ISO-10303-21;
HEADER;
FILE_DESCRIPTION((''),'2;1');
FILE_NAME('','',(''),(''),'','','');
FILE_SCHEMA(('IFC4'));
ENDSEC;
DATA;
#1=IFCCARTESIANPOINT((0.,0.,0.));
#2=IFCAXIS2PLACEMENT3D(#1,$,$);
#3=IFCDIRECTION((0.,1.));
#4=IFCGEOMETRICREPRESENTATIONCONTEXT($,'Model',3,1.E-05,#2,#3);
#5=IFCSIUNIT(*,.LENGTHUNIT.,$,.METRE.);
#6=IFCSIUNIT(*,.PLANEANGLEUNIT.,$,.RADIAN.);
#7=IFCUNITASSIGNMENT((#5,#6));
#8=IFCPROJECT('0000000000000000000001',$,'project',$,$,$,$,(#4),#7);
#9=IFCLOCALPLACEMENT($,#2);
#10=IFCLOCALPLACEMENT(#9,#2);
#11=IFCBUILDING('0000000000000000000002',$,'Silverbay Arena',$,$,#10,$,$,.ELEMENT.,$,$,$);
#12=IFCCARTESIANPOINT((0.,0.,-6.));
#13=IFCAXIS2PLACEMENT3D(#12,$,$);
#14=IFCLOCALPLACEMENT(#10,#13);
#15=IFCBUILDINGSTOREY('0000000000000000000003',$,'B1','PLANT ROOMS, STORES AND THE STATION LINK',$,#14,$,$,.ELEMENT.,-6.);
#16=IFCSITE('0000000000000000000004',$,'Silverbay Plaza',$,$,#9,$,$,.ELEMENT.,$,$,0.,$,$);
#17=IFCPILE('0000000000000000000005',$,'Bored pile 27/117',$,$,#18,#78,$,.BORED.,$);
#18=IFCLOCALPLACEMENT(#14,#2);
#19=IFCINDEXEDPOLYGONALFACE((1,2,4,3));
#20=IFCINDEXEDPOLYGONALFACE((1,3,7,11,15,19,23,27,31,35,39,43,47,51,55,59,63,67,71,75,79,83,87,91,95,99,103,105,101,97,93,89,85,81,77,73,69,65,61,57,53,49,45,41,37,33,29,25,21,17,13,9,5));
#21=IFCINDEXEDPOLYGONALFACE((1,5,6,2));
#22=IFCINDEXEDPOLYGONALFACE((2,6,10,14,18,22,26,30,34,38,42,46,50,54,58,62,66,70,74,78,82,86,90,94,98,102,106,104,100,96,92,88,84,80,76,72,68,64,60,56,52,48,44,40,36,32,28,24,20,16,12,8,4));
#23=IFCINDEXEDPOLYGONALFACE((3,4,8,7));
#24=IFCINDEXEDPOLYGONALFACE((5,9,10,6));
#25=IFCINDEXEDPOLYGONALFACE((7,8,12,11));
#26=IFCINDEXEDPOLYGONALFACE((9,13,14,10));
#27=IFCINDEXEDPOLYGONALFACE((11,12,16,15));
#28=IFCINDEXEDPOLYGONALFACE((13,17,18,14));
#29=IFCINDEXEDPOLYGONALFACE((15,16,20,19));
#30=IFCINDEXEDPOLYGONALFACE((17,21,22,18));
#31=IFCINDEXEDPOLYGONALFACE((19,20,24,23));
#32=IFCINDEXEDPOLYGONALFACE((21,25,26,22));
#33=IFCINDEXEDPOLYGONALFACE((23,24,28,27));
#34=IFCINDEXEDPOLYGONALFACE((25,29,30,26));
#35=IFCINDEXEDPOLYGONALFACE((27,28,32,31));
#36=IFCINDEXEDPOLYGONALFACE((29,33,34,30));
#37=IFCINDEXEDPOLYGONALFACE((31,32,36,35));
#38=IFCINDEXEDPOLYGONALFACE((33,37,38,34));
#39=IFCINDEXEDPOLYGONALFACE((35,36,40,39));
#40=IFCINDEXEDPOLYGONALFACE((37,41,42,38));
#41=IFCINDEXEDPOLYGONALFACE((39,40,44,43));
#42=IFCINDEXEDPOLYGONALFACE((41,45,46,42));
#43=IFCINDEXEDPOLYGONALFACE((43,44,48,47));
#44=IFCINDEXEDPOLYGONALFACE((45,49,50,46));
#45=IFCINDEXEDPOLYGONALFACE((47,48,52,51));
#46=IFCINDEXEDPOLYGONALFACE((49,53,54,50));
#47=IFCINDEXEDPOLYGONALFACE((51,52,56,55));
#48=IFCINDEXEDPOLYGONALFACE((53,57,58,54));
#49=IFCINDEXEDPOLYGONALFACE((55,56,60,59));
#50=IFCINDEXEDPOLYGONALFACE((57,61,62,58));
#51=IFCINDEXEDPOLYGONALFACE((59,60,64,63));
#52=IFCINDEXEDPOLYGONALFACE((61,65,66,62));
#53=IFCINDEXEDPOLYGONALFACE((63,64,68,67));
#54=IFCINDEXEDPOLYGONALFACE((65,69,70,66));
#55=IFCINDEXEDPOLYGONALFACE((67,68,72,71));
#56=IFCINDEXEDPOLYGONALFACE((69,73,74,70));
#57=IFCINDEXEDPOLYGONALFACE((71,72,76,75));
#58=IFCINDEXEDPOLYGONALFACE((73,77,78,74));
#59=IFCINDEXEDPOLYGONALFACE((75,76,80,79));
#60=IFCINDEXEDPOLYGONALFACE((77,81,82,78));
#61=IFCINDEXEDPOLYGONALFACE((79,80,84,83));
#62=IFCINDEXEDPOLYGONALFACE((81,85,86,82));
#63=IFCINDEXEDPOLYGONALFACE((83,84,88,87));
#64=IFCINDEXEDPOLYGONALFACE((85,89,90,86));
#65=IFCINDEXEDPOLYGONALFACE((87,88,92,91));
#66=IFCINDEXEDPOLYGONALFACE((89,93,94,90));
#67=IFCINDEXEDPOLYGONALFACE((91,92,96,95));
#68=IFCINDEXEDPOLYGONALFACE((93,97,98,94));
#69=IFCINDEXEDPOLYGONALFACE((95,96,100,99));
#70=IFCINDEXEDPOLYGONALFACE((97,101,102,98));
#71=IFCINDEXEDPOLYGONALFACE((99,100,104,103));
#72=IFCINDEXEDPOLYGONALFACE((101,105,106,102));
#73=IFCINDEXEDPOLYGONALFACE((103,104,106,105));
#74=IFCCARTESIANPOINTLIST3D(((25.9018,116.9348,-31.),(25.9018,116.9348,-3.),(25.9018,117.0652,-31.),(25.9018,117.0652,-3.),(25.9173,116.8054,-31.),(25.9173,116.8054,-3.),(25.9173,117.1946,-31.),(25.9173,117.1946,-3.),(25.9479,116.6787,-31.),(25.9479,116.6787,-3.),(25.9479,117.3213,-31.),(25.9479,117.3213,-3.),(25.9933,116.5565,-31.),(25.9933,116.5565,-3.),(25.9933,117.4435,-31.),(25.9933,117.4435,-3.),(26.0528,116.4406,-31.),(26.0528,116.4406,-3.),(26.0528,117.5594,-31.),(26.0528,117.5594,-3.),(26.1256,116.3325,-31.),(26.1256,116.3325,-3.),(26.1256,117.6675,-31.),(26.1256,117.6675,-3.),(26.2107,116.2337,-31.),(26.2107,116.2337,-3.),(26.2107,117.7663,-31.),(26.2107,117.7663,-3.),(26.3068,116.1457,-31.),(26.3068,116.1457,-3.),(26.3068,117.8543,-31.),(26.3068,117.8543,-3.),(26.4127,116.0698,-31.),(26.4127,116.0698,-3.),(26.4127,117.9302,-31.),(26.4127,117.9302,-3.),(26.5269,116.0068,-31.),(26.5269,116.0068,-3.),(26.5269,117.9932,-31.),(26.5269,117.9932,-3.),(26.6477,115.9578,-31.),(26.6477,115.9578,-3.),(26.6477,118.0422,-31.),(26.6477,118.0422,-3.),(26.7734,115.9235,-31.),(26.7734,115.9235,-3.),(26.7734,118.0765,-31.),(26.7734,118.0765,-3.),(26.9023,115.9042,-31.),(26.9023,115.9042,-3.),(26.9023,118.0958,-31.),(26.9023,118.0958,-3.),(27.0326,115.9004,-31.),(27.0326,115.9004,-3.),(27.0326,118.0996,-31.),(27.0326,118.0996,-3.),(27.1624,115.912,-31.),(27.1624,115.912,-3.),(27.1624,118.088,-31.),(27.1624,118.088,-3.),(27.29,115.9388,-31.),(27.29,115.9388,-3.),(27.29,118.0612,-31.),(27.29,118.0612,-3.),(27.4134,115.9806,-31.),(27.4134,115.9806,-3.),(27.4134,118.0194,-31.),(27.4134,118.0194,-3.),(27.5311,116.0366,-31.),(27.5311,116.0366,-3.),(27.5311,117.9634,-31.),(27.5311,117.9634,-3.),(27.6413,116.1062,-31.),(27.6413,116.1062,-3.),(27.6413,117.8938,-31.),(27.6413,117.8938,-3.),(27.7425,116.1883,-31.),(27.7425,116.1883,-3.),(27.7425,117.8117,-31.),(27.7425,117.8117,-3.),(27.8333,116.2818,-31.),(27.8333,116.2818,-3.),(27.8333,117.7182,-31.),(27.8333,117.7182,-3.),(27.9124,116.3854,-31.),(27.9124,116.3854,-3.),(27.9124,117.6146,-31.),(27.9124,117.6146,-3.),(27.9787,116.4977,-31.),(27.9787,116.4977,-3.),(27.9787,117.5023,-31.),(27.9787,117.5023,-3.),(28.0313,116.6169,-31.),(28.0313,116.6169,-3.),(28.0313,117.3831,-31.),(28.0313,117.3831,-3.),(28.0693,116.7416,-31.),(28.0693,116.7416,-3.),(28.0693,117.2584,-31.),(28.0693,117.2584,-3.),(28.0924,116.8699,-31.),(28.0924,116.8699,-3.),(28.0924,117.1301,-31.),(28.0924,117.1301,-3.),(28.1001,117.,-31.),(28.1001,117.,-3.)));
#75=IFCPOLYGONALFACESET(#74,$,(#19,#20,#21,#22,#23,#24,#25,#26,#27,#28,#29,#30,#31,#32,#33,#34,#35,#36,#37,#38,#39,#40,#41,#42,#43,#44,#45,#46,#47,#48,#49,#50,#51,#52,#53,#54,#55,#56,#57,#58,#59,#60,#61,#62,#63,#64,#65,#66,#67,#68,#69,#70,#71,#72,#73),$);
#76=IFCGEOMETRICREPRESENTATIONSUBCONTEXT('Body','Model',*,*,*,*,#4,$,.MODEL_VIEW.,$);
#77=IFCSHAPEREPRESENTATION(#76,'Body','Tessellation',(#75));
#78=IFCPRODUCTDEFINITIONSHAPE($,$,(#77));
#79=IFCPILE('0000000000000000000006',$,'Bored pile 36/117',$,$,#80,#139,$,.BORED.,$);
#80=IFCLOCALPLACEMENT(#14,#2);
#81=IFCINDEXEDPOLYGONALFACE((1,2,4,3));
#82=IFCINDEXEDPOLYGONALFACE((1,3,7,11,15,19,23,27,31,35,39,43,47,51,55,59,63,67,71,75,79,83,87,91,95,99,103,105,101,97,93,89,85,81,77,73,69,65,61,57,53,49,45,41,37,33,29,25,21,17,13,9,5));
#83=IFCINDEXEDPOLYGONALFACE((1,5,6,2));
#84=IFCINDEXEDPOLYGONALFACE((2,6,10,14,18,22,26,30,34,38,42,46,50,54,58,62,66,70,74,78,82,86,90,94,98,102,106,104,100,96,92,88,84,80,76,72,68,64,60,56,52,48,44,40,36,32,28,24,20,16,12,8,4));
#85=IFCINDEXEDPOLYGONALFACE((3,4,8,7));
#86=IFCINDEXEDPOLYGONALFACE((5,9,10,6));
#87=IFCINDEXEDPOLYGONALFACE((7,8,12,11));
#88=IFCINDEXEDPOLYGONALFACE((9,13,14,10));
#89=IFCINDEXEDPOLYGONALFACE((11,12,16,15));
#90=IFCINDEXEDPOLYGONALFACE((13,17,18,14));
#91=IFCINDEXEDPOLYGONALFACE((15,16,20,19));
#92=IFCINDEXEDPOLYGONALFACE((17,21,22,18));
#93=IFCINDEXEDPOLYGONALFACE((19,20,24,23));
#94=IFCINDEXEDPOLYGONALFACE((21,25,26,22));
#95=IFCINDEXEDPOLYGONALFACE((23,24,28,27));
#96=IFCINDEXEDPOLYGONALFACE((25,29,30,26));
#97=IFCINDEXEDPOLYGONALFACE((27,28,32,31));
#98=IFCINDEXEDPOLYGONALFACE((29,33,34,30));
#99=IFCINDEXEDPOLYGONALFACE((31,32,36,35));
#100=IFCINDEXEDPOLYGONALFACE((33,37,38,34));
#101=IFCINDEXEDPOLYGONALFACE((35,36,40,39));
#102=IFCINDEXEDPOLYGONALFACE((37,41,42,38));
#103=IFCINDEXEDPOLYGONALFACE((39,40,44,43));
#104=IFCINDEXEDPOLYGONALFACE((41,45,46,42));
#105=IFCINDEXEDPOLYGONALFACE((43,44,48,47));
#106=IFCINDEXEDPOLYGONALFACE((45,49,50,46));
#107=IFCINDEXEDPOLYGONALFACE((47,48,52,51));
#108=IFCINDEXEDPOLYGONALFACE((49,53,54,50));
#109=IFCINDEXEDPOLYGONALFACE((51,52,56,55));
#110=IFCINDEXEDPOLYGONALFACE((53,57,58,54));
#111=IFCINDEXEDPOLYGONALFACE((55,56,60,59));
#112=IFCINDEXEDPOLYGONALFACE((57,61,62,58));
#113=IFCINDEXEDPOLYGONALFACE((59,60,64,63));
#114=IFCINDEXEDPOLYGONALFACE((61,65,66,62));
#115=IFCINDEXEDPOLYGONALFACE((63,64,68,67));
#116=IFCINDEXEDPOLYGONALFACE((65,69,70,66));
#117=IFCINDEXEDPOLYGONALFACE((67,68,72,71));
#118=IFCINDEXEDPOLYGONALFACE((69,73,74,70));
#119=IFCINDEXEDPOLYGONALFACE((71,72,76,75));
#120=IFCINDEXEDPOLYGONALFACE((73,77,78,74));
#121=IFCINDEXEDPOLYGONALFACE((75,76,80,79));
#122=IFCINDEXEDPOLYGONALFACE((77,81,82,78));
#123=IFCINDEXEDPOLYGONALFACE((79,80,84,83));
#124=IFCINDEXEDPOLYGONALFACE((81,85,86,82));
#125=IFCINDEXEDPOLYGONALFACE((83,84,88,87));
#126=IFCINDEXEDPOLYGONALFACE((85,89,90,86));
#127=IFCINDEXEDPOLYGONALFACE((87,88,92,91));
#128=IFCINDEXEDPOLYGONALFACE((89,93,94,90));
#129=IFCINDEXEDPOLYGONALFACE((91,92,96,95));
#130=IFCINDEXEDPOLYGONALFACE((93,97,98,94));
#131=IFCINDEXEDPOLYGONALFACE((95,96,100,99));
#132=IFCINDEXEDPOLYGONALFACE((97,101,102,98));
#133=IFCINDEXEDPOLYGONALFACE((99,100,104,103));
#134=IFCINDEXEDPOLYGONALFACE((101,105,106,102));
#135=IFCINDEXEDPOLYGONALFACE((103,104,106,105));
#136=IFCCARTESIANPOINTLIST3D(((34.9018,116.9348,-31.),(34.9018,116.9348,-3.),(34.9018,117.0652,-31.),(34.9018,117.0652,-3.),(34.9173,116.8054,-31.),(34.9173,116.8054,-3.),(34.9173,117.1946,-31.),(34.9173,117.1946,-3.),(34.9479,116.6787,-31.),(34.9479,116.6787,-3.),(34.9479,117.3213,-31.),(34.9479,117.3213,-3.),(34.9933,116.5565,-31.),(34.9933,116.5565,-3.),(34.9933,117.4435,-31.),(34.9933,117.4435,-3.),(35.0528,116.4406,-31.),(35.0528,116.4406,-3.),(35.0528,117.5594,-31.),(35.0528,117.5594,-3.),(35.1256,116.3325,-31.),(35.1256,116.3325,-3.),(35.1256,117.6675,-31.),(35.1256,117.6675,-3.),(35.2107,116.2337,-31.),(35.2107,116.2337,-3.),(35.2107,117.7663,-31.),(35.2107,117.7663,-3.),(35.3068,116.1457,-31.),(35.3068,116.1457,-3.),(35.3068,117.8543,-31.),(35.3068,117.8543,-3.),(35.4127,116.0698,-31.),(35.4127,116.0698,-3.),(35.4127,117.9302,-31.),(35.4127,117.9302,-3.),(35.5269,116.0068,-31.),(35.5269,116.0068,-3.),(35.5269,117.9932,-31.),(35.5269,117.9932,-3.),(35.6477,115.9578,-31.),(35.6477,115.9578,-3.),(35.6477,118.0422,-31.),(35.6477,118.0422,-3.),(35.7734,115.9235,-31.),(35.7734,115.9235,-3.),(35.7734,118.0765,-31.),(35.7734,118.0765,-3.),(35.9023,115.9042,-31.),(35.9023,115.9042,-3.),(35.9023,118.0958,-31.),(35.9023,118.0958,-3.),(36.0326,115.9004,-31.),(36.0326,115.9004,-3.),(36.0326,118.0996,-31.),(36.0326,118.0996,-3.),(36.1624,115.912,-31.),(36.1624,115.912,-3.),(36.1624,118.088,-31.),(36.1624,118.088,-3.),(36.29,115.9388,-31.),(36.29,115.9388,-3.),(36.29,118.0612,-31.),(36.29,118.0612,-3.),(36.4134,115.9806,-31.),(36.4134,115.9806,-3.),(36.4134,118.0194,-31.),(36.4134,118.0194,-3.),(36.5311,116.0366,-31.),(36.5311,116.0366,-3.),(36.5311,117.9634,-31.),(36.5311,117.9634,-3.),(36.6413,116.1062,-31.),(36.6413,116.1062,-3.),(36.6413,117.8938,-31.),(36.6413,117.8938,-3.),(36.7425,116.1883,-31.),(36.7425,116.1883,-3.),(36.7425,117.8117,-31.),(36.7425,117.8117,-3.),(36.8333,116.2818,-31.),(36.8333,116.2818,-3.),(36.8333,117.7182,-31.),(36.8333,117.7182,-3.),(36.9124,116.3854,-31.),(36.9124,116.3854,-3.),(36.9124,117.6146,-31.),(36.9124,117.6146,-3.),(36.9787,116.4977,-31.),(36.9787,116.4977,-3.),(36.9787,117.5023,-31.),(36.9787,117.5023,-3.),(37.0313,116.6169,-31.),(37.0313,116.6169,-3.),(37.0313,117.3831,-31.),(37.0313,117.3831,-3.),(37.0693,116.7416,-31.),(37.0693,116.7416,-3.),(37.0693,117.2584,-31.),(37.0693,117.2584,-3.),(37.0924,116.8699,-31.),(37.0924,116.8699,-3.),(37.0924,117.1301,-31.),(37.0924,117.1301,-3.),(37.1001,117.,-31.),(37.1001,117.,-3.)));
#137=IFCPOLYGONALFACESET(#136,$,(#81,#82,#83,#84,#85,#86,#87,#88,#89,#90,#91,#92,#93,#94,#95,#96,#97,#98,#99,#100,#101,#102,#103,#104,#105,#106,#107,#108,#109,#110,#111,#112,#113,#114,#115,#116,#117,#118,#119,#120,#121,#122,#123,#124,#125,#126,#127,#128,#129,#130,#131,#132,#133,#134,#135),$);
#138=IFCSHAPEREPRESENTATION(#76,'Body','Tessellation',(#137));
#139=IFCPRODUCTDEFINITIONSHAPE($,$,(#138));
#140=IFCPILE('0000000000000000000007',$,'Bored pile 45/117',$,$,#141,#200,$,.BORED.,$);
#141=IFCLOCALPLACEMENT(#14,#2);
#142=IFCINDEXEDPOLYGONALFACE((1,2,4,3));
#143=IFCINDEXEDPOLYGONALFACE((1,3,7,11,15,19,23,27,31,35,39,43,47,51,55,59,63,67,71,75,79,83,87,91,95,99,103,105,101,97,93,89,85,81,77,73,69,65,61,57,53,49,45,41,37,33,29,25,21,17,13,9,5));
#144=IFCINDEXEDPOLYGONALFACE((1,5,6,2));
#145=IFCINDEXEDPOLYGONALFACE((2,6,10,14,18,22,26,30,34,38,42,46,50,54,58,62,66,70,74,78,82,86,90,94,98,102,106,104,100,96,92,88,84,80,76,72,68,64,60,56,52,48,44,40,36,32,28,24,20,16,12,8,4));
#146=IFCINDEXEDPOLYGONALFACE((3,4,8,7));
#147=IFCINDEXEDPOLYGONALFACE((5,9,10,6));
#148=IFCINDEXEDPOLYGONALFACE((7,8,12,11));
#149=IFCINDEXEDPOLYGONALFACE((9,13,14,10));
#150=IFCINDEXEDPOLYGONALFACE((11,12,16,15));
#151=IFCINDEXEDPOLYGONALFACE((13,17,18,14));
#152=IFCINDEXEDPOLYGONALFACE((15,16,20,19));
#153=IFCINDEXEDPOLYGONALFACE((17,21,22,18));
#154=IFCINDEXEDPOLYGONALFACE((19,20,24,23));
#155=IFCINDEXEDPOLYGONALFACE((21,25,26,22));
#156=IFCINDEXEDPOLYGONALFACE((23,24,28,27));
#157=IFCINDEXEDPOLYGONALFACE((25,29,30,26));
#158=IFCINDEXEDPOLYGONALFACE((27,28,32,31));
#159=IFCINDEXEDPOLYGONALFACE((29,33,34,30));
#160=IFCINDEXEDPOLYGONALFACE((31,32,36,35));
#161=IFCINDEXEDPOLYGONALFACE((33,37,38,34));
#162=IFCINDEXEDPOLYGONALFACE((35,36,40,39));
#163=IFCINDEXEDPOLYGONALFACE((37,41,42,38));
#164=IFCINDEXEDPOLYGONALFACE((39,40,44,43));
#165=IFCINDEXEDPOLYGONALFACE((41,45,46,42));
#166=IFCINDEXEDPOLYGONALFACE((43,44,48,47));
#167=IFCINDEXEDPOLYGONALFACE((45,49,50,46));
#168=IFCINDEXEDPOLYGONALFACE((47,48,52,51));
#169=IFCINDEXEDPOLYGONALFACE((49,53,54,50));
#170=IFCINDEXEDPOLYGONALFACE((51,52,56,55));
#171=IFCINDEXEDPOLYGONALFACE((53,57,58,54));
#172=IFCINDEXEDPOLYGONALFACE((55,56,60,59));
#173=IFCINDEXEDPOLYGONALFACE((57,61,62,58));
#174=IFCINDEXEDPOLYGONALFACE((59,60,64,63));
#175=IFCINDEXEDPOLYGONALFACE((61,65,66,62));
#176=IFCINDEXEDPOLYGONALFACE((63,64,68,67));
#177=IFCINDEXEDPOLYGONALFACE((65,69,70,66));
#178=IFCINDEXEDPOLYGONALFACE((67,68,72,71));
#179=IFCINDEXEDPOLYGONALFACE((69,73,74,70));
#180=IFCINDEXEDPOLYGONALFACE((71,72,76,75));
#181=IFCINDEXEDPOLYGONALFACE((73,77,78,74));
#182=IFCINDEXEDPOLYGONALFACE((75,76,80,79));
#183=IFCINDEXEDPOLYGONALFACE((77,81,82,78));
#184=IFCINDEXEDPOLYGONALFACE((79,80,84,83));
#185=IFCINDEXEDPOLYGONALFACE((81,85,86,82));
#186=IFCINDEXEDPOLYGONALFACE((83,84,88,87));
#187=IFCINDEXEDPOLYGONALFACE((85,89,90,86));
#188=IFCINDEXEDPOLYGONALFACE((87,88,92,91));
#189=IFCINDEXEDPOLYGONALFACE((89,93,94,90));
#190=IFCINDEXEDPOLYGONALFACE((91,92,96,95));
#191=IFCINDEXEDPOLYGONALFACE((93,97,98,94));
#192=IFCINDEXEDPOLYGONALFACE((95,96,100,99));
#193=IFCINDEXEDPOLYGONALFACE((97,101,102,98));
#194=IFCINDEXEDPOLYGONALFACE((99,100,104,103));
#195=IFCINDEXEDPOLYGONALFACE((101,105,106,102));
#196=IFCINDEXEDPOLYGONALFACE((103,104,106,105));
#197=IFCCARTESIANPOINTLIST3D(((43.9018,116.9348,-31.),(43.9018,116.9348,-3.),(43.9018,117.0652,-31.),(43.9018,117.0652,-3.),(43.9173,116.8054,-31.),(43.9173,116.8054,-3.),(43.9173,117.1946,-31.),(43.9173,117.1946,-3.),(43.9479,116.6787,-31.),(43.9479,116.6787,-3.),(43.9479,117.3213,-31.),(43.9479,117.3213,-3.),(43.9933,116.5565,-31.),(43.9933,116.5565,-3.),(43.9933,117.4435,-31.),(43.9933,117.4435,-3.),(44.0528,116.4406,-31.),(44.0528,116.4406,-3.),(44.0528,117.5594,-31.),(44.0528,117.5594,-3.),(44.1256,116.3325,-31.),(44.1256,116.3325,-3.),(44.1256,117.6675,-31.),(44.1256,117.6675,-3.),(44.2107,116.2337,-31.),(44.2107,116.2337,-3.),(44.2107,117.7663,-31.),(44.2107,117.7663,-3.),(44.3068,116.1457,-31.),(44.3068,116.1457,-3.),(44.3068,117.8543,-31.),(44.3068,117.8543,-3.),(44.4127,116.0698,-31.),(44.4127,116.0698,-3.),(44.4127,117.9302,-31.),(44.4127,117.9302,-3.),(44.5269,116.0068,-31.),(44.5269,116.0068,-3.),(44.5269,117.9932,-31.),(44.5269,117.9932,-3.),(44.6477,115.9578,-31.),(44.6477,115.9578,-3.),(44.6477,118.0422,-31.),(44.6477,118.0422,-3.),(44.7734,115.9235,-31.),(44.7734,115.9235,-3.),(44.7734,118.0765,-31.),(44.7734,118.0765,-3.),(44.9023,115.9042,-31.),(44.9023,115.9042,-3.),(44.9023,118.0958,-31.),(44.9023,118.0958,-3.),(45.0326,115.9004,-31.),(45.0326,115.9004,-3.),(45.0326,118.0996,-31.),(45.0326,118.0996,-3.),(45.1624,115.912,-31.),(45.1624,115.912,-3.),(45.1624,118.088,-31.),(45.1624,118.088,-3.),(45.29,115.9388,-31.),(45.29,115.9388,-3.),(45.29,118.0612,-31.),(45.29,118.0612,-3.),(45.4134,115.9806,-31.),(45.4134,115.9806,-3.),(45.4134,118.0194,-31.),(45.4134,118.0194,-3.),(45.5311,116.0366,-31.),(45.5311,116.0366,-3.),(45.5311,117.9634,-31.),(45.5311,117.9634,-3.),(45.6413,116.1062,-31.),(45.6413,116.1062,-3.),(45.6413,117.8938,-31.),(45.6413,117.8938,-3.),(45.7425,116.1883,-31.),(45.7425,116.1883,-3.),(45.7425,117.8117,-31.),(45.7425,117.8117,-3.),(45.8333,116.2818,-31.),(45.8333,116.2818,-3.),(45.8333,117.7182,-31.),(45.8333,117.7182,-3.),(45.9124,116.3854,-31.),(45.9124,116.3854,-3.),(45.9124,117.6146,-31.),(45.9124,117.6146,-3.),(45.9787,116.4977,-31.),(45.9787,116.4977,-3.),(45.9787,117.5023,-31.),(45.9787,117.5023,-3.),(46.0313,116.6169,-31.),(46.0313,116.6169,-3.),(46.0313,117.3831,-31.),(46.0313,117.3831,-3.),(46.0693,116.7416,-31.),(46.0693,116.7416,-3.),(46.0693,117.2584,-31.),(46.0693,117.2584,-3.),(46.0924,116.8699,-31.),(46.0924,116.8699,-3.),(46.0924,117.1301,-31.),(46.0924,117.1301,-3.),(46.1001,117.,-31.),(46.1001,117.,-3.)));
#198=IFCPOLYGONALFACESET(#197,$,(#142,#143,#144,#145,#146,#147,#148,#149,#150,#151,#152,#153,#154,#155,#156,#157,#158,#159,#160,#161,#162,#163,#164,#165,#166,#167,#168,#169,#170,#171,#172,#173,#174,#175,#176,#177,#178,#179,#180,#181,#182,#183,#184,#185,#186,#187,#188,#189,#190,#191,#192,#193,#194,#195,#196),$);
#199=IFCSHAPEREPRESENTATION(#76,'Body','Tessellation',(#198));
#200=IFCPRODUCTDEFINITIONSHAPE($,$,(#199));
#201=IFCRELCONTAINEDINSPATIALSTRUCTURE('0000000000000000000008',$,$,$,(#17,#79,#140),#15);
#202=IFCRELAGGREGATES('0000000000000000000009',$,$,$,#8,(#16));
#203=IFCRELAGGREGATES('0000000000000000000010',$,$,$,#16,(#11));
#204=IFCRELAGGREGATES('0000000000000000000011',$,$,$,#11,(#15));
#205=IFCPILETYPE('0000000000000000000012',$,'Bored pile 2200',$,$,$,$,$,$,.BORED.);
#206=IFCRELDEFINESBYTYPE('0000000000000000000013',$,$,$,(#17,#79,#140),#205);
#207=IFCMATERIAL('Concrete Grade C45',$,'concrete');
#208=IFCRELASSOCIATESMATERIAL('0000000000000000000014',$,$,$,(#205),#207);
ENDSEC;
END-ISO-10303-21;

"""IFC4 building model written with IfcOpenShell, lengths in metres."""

from ifc_helpers import new_model, si_unit, direction, frame, origin, origin_2d, place, context, subcontext, project, spatial, circle, extrude, material, material_profile, profile_set, type_object, element, save


model = new_model("IFC4")

# Units and contexts
model_context = context("Model", 3, precision=1e-05, world=origin(), true_north=direction((0.0, 1.0)))
body_context = subcontext(model_context, "Body", "Model", "MODEL_VIEW")
ifc_project = project(units=[si_unit("LENGTHUNIT", "METRE"), si_unit("PLANEANGLEUNIT", "RADIAN")], contexts=[model_context])

# Site, building, storey
site_placement = place(None, origin())
site = spatial("IfcSite", under=ifc_project, at=site_placement, Name="Silverbay Plaza", CompositionType="ELEMENT", RefElevation=0.0)
building_placement = place(site_placement, origin())
building = spatial("IfcBuilding", under=site, at=building_placement, Name="Silverbay Arena", CompositionType="ELEMENT")
storey_placement = place(building_placement, frame((0.0, 0.0, -6.0)))
storey = spatial("IfcBuildingStorey", under=building, at=storey_placement, Name="B1", Description="PLANT ROOMS, STORES AND THE STATION LINK", CompositionType="ELEMENT", Elevation=-6.0)

# Piles
ifc_material_1 = material(Name="Concrete Grade C45", Category="concrete")
ifc_material_profile_1 = material_profile(ifc_material_1, circle(Radius=1.1001, at=origin_2d()), Name="Bored pile 2200")
ifc_profile_set_1 = profile_set([ifc_material_profile_1], Name="Concrete Grade C45")
pile_type = type_object("IfcPileType", Name="Bored pile 2200", PredefinedType="BORED", material=ifc_profile_set_1)
for number, where, z_axis, x_axis, name in (
    (1, (27.0, 117.0, -3.0), (0.0, 0.0, -1.0), (1.0, 0.0, 0.0), "Bored pile 27/117"),
    (2, (36.0, 117.0, -3.0), (0.0, 0.0, -1.0), (1.0, 0.0, 0.0), "Bored pile 36/117"),
    (3, (45.0, 117.0, -3.0), (0.0, 0.0, -1.0), (1.0, 0.0, 0.0), "Bored pile 45/117"),
):
    element("IfcPile", number, at=place(storey_placement, frame(where, z_axis=z_axis, x_axis=x_axis)), inside=storey, type_object=pile_type, Name=name, PredefinedType="BORED", context=body_context, shape_type="SweptSolid", body=[
        extrude(circle(Radius=1.1001, at=origin_2d()), origin(), (0.0, 0.0, 1.0), 28.0),
    ])

save(model, "model.ifc")
